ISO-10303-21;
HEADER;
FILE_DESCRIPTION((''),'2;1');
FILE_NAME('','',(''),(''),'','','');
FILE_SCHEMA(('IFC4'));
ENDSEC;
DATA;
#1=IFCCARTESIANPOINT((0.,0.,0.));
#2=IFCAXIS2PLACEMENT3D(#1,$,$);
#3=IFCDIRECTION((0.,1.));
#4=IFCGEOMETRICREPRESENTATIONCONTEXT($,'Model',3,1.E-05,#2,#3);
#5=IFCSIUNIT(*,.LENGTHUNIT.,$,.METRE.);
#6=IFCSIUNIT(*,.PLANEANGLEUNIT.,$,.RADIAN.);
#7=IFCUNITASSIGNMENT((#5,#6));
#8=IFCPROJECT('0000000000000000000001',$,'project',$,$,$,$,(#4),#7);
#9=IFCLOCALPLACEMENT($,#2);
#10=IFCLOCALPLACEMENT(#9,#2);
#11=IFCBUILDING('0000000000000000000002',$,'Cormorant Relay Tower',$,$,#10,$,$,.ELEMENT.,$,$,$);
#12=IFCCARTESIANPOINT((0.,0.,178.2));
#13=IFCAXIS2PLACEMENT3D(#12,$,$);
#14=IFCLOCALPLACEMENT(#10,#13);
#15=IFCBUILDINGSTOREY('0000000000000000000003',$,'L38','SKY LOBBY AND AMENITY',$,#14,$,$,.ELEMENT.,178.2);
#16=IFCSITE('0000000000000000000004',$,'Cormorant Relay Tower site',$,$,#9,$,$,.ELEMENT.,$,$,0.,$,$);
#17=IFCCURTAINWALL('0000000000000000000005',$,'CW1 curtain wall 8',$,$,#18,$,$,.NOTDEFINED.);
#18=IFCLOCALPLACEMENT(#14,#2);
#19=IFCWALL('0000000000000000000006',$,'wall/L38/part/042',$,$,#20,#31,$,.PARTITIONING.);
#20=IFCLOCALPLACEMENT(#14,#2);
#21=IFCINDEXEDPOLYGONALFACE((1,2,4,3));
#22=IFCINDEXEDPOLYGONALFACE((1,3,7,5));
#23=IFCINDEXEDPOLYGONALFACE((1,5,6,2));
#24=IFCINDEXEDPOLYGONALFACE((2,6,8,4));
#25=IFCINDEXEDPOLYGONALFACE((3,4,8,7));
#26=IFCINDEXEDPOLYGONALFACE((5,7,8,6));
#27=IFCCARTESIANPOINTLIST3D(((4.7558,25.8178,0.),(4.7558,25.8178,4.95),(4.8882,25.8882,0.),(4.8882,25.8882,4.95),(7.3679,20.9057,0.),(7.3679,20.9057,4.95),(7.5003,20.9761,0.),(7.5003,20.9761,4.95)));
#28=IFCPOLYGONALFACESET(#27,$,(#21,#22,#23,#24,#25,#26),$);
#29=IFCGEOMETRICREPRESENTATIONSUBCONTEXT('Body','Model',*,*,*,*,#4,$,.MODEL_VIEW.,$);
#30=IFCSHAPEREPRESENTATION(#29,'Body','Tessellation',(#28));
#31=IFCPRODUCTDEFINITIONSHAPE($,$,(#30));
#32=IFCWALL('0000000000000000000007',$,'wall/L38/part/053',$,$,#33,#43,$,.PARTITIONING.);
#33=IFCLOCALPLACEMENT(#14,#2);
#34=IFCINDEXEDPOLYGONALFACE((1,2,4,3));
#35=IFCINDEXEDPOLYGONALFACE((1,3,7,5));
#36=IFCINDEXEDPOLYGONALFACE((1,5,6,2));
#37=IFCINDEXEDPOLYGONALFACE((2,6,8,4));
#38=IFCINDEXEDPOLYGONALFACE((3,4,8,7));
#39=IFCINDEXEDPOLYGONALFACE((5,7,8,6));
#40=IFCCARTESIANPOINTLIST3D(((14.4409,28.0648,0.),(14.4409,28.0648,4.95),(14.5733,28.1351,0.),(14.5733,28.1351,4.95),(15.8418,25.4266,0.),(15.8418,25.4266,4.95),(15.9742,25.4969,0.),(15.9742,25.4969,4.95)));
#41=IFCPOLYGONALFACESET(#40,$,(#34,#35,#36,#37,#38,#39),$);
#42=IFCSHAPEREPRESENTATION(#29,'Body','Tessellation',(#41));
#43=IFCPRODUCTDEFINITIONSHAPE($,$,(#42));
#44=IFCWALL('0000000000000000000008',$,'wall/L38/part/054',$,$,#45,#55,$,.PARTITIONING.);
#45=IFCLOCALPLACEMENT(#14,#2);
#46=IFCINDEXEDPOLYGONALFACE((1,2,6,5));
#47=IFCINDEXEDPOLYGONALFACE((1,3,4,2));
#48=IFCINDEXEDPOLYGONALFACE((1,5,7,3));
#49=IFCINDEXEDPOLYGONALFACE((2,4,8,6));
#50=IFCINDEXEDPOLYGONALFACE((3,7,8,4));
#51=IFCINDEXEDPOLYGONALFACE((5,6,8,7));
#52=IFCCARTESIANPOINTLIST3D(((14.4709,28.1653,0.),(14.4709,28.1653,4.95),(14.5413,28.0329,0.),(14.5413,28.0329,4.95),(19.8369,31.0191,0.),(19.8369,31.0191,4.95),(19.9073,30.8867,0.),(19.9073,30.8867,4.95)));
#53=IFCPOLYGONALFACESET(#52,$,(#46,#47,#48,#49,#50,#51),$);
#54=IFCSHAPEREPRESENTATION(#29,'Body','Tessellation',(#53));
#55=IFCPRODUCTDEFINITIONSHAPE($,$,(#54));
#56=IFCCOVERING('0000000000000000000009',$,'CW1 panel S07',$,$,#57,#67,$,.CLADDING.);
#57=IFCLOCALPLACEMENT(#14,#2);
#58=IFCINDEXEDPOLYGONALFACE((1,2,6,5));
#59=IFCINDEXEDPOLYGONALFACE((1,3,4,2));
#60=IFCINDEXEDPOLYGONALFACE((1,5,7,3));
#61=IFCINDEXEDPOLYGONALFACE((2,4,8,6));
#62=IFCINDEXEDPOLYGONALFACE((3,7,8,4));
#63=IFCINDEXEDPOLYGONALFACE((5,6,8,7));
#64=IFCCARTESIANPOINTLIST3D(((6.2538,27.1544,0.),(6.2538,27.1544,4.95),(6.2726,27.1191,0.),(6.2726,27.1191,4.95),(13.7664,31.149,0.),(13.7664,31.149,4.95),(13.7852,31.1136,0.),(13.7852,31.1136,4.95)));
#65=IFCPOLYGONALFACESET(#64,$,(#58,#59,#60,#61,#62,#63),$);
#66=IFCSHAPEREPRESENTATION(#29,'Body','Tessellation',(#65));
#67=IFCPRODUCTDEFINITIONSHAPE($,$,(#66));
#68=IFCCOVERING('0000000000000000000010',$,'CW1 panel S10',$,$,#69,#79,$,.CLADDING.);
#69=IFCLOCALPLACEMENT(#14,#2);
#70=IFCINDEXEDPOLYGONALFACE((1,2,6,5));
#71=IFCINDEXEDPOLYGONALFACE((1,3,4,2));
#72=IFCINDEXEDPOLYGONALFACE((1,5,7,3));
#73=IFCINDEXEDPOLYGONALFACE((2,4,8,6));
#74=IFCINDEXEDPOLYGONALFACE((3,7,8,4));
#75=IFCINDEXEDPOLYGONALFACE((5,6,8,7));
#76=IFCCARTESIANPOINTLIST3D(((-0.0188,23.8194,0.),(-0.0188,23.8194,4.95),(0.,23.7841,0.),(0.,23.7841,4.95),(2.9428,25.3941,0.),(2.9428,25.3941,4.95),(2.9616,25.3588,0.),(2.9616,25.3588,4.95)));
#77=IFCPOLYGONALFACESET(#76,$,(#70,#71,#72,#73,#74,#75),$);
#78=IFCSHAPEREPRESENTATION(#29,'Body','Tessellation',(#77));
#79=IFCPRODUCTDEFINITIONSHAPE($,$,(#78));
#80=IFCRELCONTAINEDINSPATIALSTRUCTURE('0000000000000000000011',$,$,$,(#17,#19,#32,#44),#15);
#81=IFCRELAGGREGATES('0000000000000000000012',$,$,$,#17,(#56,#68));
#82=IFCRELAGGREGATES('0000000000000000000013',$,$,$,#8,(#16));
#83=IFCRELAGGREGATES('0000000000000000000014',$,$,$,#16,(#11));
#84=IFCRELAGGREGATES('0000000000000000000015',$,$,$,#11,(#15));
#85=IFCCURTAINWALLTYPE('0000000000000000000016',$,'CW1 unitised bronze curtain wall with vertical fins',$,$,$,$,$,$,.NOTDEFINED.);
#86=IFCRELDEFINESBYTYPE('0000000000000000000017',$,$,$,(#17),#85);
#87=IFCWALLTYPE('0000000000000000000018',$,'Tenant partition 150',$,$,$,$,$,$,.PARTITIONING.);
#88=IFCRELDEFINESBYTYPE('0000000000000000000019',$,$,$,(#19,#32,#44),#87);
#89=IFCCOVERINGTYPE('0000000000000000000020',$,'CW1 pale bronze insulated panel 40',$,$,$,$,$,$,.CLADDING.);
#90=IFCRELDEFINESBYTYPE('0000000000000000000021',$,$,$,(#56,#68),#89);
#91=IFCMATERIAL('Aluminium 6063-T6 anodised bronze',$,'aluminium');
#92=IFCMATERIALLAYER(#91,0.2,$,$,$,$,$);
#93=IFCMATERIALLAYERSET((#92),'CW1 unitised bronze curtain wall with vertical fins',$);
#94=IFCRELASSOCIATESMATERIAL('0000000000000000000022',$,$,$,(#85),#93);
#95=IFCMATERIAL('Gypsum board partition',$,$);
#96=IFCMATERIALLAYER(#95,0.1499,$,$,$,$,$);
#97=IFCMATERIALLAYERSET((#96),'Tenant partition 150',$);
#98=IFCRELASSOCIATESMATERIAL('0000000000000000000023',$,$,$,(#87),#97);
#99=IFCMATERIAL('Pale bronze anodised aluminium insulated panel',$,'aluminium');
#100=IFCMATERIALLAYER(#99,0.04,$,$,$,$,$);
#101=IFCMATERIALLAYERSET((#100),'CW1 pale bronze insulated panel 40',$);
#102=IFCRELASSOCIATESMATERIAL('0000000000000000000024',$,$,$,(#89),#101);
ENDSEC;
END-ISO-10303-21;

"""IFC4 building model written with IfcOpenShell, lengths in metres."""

from ifc_helpers import new_model, si_unit, direction, frame, frame_2d, origin, origin_2d, place, context, subcontext, project, spatial, rectangle, extrude, material, layer, layer_set, type_object, element, aggregate, save


model = new_model("IFC4")

# Units and contexts
model_context = context("Model", 3, precision=1e-05, world=origin(), true_north=direction((0.0, 1.0)))
body_context = subcontext(model_context, "Body", "Model", "MODEL_VIEW")
ifc_project = project(units=[si_unit("LENGTHUNIT", "METRE"), si_unit("PLANEANGLEUNIT", "RADIAN")], contexts=[model_context])

# Site, building, storey
site_placement = place(None, origin())
site = spatial("IfcSite", under=ifc_project, at=site_placement, Name="Cormorant Relay Tower site", CompositionType="ELEMENT", RefElevation=0.0)
building_placement = place(site_placement, origin())
building = spatial("IfcBuilding", under=site, at=building_placement, Name="Cormorant Relay Tower", CompositionType="ELEMENT")
storey_placement = place(building_placement, frame((0.0, 0.0, 178.2)))
storey = spatial("IfcBuildingStorey", under=building, at=storey_placement, Name="L38", Description="SKY LOBBY AND AMENITY", CompositionType="ELEMENT", Elevation=178.2)

# Curtain wall
ifc_material_1 = material(Name="Aluminium 6063-T6 anodised bronze", Category="aluminium")
ifc_layer_1 = layer(ifc_material_1, 0.2)
ifc_layer_set_1 = layer_set([ifc_layer_1], Name="CW1 unitised bronze curtain wall with vertical fins")
curtain_wall_type = type_object("IfcCurtainWallType", Name="CW1 unitised bronze curtain wall with vertical fins", PredefinedType="NOTDEFINED", material=ifc_layer_set_1)
curtain_wall_1_placement = place(storey_placement, origin())
curtain_wall_1 = element("IfcCurtainWall", 1, at=curtain_wall_1_placement, inside=storey, type_object=curtain_wall_type, Name="CW1 curtain wall 8", PredefinedType="NOTDEFINED")

# Walls
ifc_material_2 = material(Name="Gypsum board partition")
ifc_layer_2 = layer(ifc_material_2, 0.1499)
ifc_layer_set_2 = layer_set([ifc_layer_2], Name="Tenant partition 150")
wall_type = type_object("IfcWallType", Name="Tenant partition 150", PredefinedType="PARTITIONING", material=ifc_layer_set_2)
wall_1_placement = place(storey_placement, frame((4.822, 25.853, 0.0), z_axis=(0.0, 0.0, 1.0), x_axis=(0.469506, -0.882929, 0.0)))
element("IfcWall", 2, at=wall_1_placement, inside=storey, type_object=wall_type, Name="wall/L38/part/042", PredefinedType="PARTITIONING", context=body_context, shape_type="SweptSolid", body=[
    extrude(rectangle(XDim=5.5635, YDim=0.1499, at=frame_2d((2.7817, 0.0))), origin(), (0.0, 0.0, 1.0), 4.95),
])
wall_2_placement = place(storey_placement, frame((14.5071, 28.1001, 0.0), z_axis=(0.0, 0.0, 1.0), x_axis=(0.468984, -0.883207, 0.0)))
element("IfcWall", 3, at=wall_2_placement, inside=storey, type_object=wall_type, Name="wall/L38/part/053", PredefinedType="PARTITIONING", context=body_context, shape_type="SweptSolid", body=[
    extrude(rectangle(XDim=2.9871, YDim=0.1499, at=frame_2d((1.4937, 0.0))), origin(), (0.0, 0.0, 1.0), 4.95),
])
wall_3_placement = place(storey_placement, frame((14.5061, 28.0991, 0.0), z_axis=(0.0, 0.0, 1.0), x_axis=(0.882905, 0.469552, 0.0)))
element("IfcWall", 4, at=wall_3_placement, inside=storey, type_object=wall_type, Name="wall/L38/part/054", PredefinedType="PARTITIONING", context=body_context, shape_type="SweptSolid", body=[
    extrude(rectangle(XDim=6.0776, YDim=0.1499, at=frame_2d((3.0388, 0.0))), origin(), (0.0, 0.0, 1.0), 4.95),
])

# Coverings
ifc_material_3 = material(Name="Pale bronze anodised aluminium insulated panel", Category="aluminium")
ifc_layer_3 = layer(ifc_material_3, 0.04)
ifc_layer_set_3 = layer_set([ifc_layer_3], Name="CW1 pale bronze insulated panel 40")
covering_type = type_object("IfcCoveringType", Name="CW1 pale bronze insulated panel 40", PredefinedType="CLADDING", material=ifc_layer_set_3)
covering_1_placement = place(storey_placement, frame((10.0195, 29.134, 0.0), z_axis=(0.0, 0.0, 1.0), x_axis=(-0.882948, -0.469472, 0.0)))
covering_1 = element("IfcCovering", 5, at=covering_1_placement, type_object=covering_type, Name="CW1 panel S07", PredefinedType="CLADDING", context=body_context, shape_type="SweptSolid", body=[
    extrude(rectangle(XDim=8.5085, YDim=0.04, at=origin_2d()), origin(), (0.0, 0.0, 1.0), 4.95),
])
covering_2_placement = place(storey_placement, frame((1.4714, 24.5891, 0.0), z_axis=(0.0, 0.0, 1.0), x_axis=(-0.882948, -0.469472, 0.0)))
covering_2 = element("IfcCovering", 6, at=covering_2_placement, type_object=covering_type, Name="CW1 panel S10", PredefinedType="CLADDING", context=body_context, shape_type="SweptSolid", body=[
    extrude(rectangle(XDim=3.3542, YDim=0.04, at=origin_2d()), origin(), (0.0, 0.0, 1.0), 4.95),
])
aggregate(curtain_wall_1, [covering_1, covering_2])

save(model, "model.ifc")
